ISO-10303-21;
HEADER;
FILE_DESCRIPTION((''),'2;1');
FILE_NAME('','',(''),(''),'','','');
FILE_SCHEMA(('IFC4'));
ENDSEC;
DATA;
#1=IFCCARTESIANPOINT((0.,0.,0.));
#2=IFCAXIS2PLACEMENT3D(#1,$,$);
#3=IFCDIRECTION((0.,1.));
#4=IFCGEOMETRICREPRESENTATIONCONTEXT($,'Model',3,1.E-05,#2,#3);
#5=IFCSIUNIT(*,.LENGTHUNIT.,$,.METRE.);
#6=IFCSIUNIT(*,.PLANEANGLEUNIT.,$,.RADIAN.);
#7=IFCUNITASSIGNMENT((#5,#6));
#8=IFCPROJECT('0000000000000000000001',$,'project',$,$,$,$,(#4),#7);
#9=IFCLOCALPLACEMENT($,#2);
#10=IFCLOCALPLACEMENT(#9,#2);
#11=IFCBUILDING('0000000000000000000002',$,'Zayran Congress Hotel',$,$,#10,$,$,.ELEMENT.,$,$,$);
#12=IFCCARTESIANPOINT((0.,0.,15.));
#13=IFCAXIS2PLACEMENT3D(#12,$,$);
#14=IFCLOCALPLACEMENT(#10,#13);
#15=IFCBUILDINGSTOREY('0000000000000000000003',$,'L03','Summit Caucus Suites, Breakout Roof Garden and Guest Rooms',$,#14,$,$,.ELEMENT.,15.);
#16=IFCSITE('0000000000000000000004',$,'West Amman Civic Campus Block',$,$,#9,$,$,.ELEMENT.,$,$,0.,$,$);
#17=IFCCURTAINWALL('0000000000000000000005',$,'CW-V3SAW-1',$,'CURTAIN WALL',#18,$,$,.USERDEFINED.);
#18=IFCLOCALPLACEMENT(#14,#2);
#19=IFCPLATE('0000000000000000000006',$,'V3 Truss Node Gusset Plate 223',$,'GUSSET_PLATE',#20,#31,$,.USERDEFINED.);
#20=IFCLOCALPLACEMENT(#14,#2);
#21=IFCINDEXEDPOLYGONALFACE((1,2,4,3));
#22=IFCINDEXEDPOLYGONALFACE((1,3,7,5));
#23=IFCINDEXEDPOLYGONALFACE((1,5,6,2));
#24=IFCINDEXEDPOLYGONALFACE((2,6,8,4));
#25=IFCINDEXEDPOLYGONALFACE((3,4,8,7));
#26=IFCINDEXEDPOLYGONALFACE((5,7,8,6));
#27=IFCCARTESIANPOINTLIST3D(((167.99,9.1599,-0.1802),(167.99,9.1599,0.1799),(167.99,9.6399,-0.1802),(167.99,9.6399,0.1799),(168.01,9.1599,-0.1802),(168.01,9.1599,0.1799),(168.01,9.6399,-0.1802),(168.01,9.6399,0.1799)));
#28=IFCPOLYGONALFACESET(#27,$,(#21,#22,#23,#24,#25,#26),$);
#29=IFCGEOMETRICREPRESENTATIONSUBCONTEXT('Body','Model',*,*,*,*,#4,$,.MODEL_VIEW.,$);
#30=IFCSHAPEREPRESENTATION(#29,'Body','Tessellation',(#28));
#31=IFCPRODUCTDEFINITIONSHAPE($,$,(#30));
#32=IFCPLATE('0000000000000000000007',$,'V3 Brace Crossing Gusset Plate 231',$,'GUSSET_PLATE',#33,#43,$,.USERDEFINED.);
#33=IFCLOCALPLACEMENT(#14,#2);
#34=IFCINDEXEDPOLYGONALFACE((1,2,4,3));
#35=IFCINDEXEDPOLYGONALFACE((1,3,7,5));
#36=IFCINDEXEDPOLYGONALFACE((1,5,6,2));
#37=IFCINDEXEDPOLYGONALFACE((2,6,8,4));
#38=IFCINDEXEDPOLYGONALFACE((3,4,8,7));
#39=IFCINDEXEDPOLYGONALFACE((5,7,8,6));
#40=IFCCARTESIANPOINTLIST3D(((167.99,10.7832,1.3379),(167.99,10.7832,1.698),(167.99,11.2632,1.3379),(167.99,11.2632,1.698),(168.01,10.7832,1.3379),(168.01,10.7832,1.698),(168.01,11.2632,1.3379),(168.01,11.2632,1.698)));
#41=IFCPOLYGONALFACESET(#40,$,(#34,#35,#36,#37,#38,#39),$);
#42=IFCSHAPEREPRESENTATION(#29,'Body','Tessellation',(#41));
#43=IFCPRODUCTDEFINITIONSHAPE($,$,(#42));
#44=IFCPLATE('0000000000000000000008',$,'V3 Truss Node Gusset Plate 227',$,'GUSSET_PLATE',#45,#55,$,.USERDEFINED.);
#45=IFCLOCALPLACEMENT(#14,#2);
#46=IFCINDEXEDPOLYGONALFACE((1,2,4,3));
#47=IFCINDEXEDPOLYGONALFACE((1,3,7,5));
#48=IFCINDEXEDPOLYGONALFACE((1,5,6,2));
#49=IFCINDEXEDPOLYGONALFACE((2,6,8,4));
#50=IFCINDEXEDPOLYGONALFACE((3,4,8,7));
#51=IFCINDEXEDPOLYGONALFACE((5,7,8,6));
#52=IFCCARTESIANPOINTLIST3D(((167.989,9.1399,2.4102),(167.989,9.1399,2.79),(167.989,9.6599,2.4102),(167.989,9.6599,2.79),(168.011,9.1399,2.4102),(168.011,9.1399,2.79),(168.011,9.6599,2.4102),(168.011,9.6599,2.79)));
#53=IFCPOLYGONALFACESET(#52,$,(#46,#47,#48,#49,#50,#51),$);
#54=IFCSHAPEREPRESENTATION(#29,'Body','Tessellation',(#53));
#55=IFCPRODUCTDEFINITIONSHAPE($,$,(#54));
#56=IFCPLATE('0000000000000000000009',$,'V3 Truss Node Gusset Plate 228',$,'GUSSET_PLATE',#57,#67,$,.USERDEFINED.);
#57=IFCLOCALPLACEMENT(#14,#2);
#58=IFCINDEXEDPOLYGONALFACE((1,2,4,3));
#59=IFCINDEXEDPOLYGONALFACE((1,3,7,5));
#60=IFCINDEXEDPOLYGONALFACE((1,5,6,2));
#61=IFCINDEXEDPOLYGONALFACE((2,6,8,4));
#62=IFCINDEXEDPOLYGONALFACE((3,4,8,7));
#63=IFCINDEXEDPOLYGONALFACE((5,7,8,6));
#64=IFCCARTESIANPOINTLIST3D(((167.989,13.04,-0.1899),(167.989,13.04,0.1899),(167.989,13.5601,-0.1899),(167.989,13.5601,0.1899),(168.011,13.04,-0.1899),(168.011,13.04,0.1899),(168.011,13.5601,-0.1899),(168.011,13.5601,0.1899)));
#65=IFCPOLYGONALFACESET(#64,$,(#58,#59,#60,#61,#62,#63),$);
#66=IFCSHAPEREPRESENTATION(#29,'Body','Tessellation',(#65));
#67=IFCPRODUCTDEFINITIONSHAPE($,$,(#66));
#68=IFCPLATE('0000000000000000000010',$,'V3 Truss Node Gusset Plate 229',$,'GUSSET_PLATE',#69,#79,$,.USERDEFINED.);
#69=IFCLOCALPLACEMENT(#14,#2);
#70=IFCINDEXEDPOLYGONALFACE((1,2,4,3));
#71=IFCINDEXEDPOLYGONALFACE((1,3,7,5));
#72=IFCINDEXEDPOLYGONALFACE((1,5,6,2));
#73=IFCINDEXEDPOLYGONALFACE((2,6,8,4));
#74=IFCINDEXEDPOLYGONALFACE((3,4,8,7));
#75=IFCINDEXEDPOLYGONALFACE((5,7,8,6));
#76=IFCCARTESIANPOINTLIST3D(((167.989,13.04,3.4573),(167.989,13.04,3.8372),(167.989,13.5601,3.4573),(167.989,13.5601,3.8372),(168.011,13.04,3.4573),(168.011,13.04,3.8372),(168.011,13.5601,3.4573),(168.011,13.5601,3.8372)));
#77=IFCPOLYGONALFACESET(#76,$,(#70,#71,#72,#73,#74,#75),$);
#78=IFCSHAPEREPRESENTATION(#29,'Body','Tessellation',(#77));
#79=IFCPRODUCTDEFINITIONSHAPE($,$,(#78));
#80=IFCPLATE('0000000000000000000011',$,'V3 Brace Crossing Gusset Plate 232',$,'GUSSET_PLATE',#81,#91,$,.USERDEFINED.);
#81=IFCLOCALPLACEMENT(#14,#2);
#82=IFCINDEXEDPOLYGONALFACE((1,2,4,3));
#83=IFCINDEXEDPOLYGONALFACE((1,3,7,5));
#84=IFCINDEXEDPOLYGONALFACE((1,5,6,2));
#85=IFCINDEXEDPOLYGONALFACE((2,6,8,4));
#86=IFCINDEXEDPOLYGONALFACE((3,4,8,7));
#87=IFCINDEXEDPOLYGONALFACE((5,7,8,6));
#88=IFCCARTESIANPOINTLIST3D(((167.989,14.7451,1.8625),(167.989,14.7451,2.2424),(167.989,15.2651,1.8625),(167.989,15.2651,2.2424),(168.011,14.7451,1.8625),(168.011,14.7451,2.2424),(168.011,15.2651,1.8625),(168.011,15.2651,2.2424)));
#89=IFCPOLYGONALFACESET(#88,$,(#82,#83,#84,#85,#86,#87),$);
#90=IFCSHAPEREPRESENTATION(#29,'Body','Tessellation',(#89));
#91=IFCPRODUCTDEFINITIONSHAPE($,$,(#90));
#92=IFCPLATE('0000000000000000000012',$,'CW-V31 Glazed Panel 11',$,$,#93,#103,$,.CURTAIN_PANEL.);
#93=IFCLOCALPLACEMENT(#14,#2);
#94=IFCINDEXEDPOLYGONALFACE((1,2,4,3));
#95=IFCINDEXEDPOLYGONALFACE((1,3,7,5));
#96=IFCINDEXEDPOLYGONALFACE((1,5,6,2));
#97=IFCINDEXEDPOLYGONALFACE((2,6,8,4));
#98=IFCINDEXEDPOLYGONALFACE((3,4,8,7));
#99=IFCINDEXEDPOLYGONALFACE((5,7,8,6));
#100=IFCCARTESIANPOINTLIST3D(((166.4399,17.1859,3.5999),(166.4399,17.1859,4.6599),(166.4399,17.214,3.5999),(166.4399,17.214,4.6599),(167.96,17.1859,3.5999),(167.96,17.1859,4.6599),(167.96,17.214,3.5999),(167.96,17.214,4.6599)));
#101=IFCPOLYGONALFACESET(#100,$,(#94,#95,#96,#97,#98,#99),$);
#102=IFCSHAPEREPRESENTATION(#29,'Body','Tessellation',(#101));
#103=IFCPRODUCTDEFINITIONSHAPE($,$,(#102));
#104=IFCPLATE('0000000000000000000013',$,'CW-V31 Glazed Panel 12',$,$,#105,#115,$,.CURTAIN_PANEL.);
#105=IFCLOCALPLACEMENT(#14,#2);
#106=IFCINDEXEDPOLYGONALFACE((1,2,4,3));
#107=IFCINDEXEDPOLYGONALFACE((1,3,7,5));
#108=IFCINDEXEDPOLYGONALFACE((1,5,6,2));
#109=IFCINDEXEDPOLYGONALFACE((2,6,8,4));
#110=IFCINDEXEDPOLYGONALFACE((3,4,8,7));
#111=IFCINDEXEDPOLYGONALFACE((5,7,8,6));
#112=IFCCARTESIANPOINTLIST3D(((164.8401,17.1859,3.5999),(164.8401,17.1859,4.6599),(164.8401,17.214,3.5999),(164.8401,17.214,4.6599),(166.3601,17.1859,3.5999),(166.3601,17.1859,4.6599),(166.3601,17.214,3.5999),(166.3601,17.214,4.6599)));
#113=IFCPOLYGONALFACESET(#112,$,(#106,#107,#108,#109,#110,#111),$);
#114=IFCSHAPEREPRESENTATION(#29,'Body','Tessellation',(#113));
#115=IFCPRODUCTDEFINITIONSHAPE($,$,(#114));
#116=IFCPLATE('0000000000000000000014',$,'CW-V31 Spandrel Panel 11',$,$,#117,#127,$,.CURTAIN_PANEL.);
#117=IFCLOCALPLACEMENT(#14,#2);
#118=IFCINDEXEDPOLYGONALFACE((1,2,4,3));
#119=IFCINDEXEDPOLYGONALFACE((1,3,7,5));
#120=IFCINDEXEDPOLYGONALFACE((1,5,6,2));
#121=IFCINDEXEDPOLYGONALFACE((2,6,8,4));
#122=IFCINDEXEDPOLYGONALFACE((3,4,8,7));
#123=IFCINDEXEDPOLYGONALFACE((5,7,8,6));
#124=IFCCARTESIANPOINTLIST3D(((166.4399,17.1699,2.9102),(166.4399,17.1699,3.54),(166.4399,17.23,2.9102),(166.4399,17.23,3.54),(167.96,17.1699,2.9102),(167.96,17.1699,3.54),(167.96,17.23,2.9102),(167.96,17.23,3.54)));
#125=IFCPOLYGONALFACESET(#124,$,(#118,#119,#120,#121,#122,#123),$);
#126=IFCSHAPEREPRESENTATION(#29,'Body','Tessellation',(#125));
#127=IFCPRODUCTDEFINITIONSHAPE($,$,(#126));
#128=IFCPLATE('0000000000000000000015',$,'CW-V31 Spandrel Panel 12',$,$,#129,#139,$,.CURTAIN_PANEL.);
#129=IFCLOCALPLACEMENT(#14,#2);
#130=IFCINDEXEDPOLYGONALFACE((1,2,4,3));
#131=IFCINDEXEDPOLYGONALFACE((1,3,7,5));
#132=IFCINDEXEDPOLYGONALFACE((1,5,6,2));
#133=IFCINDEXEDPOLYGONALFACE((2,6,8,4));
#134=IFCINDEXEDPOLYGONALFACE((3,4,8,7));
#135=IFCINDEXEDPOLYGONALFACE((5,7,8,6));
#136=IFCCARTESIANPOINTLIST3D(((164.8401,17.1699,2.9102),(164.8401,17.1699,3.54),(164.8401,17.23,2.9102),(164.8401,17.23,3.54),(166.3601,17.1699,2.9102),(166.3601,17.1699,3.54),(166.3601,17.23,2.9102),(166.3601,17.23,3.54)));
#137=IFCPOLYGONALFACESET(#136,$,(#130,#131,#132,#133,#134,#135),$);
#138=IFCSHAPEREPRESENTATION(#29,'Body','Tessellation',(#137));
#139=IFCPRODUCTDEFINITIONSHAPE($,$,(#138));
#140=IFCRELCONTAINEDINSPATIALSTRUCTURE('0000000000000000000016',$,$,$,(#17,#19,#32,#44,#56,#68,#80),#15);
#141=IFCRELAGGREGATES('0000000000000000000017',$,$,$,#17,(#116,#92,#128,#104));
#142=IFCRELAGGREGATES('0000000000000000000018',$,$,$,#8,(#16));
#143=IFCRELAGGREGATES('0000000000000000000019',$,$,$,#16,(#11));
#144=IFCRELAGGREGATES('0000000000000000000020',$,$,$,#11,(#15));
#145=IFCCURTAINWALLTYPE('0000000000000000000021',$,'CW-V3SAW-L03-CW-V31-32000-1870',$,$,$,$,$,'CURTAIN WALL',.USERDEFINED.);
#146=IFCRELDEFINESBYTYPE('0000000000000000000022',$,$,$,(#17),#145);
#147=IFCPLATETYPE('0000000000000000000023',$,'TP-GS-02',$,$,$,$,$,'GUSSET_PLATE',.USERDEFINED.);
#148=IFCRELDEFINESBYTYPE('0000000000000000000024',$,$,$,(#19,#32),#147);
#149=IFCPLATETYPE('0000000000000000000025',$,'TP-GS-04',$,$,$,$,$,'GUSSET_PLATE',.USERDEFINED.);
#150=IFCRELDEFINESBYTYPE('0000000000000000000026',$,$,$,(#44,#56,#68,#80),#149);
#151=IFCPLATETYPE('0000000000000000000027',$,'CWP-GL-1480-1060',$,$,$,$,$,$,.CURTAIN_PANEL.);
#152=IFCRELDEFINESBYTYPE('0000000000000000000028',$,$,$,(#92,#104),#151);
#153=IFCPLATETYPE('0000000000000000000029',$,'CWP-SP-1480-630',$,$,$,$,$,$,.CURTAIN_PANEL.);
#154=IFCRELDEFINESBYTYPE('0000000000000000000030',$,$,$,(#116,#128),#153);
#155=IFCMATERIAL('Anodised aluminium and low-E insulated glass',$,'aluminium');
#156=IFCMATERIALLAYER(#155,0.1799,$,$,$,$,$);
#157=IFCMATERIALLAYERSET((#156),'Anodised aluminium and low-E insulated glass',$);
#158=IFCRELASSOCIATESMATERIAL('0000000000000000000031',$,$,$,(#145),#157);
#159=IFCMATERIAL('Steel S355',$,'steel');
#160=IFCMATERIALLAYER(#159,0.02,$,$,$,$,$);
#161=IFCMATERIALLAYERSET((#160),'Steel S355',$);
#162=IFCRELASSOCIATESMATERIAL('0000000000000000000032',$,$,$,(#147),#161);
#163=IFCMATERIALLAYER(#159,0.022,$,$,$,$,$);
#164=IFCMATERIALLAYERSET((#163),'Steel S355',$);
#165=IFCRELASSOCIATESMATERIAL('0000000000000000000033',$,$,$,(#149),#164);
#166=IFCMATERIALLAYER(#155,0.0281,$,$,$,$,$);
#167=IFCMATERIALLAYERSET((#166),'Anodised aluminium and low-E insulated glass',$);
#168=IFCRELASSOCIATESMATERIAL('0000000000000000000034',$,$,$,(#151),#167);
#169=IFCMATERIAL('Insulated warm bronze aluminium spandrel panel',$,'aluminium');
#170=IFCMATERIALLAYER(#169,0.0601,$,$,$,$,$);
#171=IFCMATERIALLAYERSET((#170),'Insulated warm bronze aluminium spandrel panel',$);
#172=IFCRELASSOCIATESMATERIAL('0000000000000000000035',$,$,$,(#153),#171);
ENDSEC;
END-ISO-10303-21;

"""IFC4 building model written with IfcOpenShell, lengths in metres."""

from ifc_helpers import new_model, si_unit, direction, frame, origin, origin_2d, place, context, subcontext, project, spatial, rectangle, extrude, material, layer, layer_set, type_object, element, aggregate, save


model = new_model("IFC4")

# Units and contexts
model_context = context("Model", 3, precision=1e-05, world=origin(), true_north=direction((0.0, 1.0)))
body_context = subcontext(model_context, "Body", "Model", "MODEL_VIEW")
ifc_project = project(units=[si_unit("LENGTHUNIT", "METRE"), si_unit("PLANEANGLEUNIT", "RADIAN")], contexts=[model_context])

# Site, building, storey
site_placement = place(None, origin())
site = spatial("IfcSite", under=ifc_project, at=site_placement, Name="West Amman Civic Campus Block", CompositionType="ELEMENT", RefElevation=0.0)
building_placement = place(site_placement, origin())
building = spatial("IfcBuilding", under=site, at=building_placement, Name="Zayran Congress Hotel", CompositionType="ELEMENT")
storey_placement = place(building_placement, frame((0.0, 0.0, 15.0)))
storey = spatial("IfcBuildingStorey", under=building, at=storey_placement, Name="L03", Description="Summit Caucus Suites, Breakout Roof Garden and Guest Rooms", CompositionType="ELEMENT", Elevation=15.0)

# Shared definitions
ifc_material_1 = material(Name="Steel S355", Category="steel")

# Curtain wall
ifc_material_2 = material(Name="Anodised aluminium and low-E insulated glass", Category="aluminium")
ifc_layer_1 = layer(ifc_material_2, 0.1799)
ifc_layer_set_1 = layer_set([ifc_layer_1], Name="Anodised aluminium and low-E insulated glass")
curtain_wall_type = type_object("IfcCurtainWallType", Name="CW-V3SAW-L03-CW-V31-32000-1870", ElementType="CURTAIN WALL", PredefinedType="USERDEFINED", material=ifc_layer_set_1)
curtain_wall_placement = place(storey_placement, origin())
curtain_wall = element("IfcCurtainWall", 1, at=curtain_wall_placement, inside=storey, type_object=curtain_wall_type, Name="CW-V3SAW-1", ObjectType="CURTAIN WALL", PredefinedType="USERDEFINED")

# Plates
ifc_layer_2 = layer(ifc_material_1, 0.02)
ifc_layer_set_2 = layer_set([ifc_layer_2], Name="Steel S355")
plate_type_1 = type_object("IfcPlateType", Name="TP-GS-02", ElementType="GUSSET_PLATE", PredefinedType="USERDEFINED", material=ifc_layer_set_2)
for number, where, z_axis, x_axis, name in (
    (2, (168.0, 9.3999, -0.1802), (0.0, 0.0, 1.0), (0.0, 1.0, 0.0), "V3 Truss Node Gusset Plate 223"),
    (3, (168.0, 11.0232, 1.3379), (0.0, 0.0, 1.0), (0.0, 1.0, 0.0), "V3 Brace Crossing Gusset Plate 231"),
):
    element("IfcPlate", number, at=place(storey_placement, frame(where, z_axis=z_axis, x_axis=x_axis)), inside=storey, type_object=plate_type_1, Name=name, ObjectType="GUSSET_PLATE", PredefinedType="USERDEFINED", context=body_context, shape_type="SweptSolid", body=[
        extrude(rectangle(XDim=0.48, YDim=0.02, at=origin_2d()), origin(), (0.0, 0.0, 1.0), 0.3601),
    ])
ifc_layer_3 = layer(ifc_material_1, 0.022)
ifc_layer_set_3 = layer_set([ifc_layer_3], Name="Steel S355")
plate_type_2 = type_object("IfcPlateType", Name="TP-GS-04", ElementType="GUSSET_PLATE", PredefinedType="USERDEFINED", material=ifc_layer_set_3)
for number, where, z_axis, x_axis, name in (
    (4, (168.0, 9.3999, 2.4102), (0.0, 0.0, 1.0), (0.0, 1.0, 0.0), "V3 Truss Node Gusset Plate 227"),
    (5, (168.0, 13.3, -0.1899), (0.0, 0.0, 1.0), (0.0, 1.0, 0.0), "V3 Truss Node Gusset Plate 228"),
    (6, (168.0, 13.3, 3.4573), (0.0, 0.0, 1.0), (0.0, 1.0, 0.0), "V3 Truss Node Gusset Plate 229"),
    (7, (168.0, 15.0051, 1.8625), (0.0, 0.0, 1.0), (0.0, 1.0, 0.0), "V3 Brace Crossing Gusset Plate 232"),
):
    element("IfcPlate", number, at=place(storey_placement, frame(where, z_axis=z_axis, x_axis=x_axis)), inside=storey, type_object=plate_type_2, Name=name, ObjectType="GUSSET_PLATE", PredefinedType="USERDEFINED", context=body_context, shape_type="SweptSolid", body=[
        extrude(rectangle(XDim=0.52, YDim=0.022, at=origin_2d()), origin(), (0.0, 0.0, 1.0), 0.3799),
    ])

# Plates
ifc_layer_4 = layer(ifc_material_2, 0.0281)
ifc_layer_set_4 = layer_set([ifc_layer_4], Name="Anodised aluminium and low-E insulated glass")
plate_type_3 = type_object("IfcPlateType", Name="CWP-GL-1480-1060", PredefinedType="CURTAIN_PANEL", material=ifc_layer_set_4)
plate_1_placement = place(storey_placement, frame((167.2, 17.2, 3.5999), z_axis=(0.0, 0.0, 1.0), x_axis=(1.0, 0.0, 0.0)))
plate_1 = element("IfcPlate", 8, at=plate_1_placement, type_object=plate_type_3, Name="CW-V31 Glazed Panel 11", PredefinedType="CURTAIN_PANEL", context=body_context, shape_type="SweptSolid", body=[
    extrude(rectangle(XDim=1.52, YDim=0.0281, at=origin_2d()), origin(), (0.0, 0.0, 1.0), 1.0601),
])
plate_2_placement = place(storey_placement, frame((165.6001, 17.2, 3.5999), z_axis=(0.0, 0.0, 1.0), x_axis=(1.0, 0.0, 0.0)))
plate_2 = element("IfcPlate", 9, at=plate_2_placement, type_object=plate_type_3, Name="CW-V31 Glazed Panel 12", PredefinedType="CURTAIN_PANEL", context=body_context, shape_type="SweptSolid", body=[
    extrude(rectangle(XDim=1.52, YDim=0.0281, at=origin_2d()), origin(), (0.0, 0.0, 1.0), 1.0601),
])
ifc_material_3 = material(Name="Insulated warm bronze aluminium spandrel panel", Category="aluminium")
ifc_layer_5 = layer(ifc_material_3, 0.0601)
ifc_layer_set_5 = layer_set([ifc_layer_5], Name="Insulated warm bronze aluminium spandrel panel")
plate_type_4 = type_object("IfcPlateType", Name="CWP-SP-1480-630", PredefinedType="CURTAIN_PANEL", material=ifc_layer_set_5)
plate_3_placement = place(storey_placement, frame((167.2, 17.2, 2.9102), z_axis=(0.0, 0.0, 1.0), x_axis=(1.0, 0.0, 0.0)))
plate_3 = element("IfcPlate", 10, at=plate_3_placement, type_object=plate_type_4, Name="CW-V31 Spandrel Panel 11", PredefinedType="CURTAIN_PANEL", context=body_context, shape_type="SweptSolid", body=[
    extrude(rectangle(XDim=1.52, YDim=0.0601, at=origin_2d()), origin(), (0.0, 0.0, 1.0), 0.6299),
])
plate_4_placement = place(storey_placement, frame((165.6001, 17.2, 2.9102), z_axis=(0.0, 0.0, 1.0), x_axis=(1.0, 0.0, 0.0)))
plate_4 = element("IfcPlate", 11, at=plate_4_placement, type_object=plate_type_4, Name="CW-V31 Spandrel Panel 12", PredefinedType="CURTAIN_PANEL", context=body_context, shape_type="SweptSolid", body=[
    extrude(rectangle(XDim=1.52, YDim=0.0601, at=origin_2d()), origin(), (0.0, 0.0, 1.0), 0.6299),
])
aggregate(curtain_wall, [plate_3, plate_1, plate_4, plate_2])

save(model, "model.ifc")
